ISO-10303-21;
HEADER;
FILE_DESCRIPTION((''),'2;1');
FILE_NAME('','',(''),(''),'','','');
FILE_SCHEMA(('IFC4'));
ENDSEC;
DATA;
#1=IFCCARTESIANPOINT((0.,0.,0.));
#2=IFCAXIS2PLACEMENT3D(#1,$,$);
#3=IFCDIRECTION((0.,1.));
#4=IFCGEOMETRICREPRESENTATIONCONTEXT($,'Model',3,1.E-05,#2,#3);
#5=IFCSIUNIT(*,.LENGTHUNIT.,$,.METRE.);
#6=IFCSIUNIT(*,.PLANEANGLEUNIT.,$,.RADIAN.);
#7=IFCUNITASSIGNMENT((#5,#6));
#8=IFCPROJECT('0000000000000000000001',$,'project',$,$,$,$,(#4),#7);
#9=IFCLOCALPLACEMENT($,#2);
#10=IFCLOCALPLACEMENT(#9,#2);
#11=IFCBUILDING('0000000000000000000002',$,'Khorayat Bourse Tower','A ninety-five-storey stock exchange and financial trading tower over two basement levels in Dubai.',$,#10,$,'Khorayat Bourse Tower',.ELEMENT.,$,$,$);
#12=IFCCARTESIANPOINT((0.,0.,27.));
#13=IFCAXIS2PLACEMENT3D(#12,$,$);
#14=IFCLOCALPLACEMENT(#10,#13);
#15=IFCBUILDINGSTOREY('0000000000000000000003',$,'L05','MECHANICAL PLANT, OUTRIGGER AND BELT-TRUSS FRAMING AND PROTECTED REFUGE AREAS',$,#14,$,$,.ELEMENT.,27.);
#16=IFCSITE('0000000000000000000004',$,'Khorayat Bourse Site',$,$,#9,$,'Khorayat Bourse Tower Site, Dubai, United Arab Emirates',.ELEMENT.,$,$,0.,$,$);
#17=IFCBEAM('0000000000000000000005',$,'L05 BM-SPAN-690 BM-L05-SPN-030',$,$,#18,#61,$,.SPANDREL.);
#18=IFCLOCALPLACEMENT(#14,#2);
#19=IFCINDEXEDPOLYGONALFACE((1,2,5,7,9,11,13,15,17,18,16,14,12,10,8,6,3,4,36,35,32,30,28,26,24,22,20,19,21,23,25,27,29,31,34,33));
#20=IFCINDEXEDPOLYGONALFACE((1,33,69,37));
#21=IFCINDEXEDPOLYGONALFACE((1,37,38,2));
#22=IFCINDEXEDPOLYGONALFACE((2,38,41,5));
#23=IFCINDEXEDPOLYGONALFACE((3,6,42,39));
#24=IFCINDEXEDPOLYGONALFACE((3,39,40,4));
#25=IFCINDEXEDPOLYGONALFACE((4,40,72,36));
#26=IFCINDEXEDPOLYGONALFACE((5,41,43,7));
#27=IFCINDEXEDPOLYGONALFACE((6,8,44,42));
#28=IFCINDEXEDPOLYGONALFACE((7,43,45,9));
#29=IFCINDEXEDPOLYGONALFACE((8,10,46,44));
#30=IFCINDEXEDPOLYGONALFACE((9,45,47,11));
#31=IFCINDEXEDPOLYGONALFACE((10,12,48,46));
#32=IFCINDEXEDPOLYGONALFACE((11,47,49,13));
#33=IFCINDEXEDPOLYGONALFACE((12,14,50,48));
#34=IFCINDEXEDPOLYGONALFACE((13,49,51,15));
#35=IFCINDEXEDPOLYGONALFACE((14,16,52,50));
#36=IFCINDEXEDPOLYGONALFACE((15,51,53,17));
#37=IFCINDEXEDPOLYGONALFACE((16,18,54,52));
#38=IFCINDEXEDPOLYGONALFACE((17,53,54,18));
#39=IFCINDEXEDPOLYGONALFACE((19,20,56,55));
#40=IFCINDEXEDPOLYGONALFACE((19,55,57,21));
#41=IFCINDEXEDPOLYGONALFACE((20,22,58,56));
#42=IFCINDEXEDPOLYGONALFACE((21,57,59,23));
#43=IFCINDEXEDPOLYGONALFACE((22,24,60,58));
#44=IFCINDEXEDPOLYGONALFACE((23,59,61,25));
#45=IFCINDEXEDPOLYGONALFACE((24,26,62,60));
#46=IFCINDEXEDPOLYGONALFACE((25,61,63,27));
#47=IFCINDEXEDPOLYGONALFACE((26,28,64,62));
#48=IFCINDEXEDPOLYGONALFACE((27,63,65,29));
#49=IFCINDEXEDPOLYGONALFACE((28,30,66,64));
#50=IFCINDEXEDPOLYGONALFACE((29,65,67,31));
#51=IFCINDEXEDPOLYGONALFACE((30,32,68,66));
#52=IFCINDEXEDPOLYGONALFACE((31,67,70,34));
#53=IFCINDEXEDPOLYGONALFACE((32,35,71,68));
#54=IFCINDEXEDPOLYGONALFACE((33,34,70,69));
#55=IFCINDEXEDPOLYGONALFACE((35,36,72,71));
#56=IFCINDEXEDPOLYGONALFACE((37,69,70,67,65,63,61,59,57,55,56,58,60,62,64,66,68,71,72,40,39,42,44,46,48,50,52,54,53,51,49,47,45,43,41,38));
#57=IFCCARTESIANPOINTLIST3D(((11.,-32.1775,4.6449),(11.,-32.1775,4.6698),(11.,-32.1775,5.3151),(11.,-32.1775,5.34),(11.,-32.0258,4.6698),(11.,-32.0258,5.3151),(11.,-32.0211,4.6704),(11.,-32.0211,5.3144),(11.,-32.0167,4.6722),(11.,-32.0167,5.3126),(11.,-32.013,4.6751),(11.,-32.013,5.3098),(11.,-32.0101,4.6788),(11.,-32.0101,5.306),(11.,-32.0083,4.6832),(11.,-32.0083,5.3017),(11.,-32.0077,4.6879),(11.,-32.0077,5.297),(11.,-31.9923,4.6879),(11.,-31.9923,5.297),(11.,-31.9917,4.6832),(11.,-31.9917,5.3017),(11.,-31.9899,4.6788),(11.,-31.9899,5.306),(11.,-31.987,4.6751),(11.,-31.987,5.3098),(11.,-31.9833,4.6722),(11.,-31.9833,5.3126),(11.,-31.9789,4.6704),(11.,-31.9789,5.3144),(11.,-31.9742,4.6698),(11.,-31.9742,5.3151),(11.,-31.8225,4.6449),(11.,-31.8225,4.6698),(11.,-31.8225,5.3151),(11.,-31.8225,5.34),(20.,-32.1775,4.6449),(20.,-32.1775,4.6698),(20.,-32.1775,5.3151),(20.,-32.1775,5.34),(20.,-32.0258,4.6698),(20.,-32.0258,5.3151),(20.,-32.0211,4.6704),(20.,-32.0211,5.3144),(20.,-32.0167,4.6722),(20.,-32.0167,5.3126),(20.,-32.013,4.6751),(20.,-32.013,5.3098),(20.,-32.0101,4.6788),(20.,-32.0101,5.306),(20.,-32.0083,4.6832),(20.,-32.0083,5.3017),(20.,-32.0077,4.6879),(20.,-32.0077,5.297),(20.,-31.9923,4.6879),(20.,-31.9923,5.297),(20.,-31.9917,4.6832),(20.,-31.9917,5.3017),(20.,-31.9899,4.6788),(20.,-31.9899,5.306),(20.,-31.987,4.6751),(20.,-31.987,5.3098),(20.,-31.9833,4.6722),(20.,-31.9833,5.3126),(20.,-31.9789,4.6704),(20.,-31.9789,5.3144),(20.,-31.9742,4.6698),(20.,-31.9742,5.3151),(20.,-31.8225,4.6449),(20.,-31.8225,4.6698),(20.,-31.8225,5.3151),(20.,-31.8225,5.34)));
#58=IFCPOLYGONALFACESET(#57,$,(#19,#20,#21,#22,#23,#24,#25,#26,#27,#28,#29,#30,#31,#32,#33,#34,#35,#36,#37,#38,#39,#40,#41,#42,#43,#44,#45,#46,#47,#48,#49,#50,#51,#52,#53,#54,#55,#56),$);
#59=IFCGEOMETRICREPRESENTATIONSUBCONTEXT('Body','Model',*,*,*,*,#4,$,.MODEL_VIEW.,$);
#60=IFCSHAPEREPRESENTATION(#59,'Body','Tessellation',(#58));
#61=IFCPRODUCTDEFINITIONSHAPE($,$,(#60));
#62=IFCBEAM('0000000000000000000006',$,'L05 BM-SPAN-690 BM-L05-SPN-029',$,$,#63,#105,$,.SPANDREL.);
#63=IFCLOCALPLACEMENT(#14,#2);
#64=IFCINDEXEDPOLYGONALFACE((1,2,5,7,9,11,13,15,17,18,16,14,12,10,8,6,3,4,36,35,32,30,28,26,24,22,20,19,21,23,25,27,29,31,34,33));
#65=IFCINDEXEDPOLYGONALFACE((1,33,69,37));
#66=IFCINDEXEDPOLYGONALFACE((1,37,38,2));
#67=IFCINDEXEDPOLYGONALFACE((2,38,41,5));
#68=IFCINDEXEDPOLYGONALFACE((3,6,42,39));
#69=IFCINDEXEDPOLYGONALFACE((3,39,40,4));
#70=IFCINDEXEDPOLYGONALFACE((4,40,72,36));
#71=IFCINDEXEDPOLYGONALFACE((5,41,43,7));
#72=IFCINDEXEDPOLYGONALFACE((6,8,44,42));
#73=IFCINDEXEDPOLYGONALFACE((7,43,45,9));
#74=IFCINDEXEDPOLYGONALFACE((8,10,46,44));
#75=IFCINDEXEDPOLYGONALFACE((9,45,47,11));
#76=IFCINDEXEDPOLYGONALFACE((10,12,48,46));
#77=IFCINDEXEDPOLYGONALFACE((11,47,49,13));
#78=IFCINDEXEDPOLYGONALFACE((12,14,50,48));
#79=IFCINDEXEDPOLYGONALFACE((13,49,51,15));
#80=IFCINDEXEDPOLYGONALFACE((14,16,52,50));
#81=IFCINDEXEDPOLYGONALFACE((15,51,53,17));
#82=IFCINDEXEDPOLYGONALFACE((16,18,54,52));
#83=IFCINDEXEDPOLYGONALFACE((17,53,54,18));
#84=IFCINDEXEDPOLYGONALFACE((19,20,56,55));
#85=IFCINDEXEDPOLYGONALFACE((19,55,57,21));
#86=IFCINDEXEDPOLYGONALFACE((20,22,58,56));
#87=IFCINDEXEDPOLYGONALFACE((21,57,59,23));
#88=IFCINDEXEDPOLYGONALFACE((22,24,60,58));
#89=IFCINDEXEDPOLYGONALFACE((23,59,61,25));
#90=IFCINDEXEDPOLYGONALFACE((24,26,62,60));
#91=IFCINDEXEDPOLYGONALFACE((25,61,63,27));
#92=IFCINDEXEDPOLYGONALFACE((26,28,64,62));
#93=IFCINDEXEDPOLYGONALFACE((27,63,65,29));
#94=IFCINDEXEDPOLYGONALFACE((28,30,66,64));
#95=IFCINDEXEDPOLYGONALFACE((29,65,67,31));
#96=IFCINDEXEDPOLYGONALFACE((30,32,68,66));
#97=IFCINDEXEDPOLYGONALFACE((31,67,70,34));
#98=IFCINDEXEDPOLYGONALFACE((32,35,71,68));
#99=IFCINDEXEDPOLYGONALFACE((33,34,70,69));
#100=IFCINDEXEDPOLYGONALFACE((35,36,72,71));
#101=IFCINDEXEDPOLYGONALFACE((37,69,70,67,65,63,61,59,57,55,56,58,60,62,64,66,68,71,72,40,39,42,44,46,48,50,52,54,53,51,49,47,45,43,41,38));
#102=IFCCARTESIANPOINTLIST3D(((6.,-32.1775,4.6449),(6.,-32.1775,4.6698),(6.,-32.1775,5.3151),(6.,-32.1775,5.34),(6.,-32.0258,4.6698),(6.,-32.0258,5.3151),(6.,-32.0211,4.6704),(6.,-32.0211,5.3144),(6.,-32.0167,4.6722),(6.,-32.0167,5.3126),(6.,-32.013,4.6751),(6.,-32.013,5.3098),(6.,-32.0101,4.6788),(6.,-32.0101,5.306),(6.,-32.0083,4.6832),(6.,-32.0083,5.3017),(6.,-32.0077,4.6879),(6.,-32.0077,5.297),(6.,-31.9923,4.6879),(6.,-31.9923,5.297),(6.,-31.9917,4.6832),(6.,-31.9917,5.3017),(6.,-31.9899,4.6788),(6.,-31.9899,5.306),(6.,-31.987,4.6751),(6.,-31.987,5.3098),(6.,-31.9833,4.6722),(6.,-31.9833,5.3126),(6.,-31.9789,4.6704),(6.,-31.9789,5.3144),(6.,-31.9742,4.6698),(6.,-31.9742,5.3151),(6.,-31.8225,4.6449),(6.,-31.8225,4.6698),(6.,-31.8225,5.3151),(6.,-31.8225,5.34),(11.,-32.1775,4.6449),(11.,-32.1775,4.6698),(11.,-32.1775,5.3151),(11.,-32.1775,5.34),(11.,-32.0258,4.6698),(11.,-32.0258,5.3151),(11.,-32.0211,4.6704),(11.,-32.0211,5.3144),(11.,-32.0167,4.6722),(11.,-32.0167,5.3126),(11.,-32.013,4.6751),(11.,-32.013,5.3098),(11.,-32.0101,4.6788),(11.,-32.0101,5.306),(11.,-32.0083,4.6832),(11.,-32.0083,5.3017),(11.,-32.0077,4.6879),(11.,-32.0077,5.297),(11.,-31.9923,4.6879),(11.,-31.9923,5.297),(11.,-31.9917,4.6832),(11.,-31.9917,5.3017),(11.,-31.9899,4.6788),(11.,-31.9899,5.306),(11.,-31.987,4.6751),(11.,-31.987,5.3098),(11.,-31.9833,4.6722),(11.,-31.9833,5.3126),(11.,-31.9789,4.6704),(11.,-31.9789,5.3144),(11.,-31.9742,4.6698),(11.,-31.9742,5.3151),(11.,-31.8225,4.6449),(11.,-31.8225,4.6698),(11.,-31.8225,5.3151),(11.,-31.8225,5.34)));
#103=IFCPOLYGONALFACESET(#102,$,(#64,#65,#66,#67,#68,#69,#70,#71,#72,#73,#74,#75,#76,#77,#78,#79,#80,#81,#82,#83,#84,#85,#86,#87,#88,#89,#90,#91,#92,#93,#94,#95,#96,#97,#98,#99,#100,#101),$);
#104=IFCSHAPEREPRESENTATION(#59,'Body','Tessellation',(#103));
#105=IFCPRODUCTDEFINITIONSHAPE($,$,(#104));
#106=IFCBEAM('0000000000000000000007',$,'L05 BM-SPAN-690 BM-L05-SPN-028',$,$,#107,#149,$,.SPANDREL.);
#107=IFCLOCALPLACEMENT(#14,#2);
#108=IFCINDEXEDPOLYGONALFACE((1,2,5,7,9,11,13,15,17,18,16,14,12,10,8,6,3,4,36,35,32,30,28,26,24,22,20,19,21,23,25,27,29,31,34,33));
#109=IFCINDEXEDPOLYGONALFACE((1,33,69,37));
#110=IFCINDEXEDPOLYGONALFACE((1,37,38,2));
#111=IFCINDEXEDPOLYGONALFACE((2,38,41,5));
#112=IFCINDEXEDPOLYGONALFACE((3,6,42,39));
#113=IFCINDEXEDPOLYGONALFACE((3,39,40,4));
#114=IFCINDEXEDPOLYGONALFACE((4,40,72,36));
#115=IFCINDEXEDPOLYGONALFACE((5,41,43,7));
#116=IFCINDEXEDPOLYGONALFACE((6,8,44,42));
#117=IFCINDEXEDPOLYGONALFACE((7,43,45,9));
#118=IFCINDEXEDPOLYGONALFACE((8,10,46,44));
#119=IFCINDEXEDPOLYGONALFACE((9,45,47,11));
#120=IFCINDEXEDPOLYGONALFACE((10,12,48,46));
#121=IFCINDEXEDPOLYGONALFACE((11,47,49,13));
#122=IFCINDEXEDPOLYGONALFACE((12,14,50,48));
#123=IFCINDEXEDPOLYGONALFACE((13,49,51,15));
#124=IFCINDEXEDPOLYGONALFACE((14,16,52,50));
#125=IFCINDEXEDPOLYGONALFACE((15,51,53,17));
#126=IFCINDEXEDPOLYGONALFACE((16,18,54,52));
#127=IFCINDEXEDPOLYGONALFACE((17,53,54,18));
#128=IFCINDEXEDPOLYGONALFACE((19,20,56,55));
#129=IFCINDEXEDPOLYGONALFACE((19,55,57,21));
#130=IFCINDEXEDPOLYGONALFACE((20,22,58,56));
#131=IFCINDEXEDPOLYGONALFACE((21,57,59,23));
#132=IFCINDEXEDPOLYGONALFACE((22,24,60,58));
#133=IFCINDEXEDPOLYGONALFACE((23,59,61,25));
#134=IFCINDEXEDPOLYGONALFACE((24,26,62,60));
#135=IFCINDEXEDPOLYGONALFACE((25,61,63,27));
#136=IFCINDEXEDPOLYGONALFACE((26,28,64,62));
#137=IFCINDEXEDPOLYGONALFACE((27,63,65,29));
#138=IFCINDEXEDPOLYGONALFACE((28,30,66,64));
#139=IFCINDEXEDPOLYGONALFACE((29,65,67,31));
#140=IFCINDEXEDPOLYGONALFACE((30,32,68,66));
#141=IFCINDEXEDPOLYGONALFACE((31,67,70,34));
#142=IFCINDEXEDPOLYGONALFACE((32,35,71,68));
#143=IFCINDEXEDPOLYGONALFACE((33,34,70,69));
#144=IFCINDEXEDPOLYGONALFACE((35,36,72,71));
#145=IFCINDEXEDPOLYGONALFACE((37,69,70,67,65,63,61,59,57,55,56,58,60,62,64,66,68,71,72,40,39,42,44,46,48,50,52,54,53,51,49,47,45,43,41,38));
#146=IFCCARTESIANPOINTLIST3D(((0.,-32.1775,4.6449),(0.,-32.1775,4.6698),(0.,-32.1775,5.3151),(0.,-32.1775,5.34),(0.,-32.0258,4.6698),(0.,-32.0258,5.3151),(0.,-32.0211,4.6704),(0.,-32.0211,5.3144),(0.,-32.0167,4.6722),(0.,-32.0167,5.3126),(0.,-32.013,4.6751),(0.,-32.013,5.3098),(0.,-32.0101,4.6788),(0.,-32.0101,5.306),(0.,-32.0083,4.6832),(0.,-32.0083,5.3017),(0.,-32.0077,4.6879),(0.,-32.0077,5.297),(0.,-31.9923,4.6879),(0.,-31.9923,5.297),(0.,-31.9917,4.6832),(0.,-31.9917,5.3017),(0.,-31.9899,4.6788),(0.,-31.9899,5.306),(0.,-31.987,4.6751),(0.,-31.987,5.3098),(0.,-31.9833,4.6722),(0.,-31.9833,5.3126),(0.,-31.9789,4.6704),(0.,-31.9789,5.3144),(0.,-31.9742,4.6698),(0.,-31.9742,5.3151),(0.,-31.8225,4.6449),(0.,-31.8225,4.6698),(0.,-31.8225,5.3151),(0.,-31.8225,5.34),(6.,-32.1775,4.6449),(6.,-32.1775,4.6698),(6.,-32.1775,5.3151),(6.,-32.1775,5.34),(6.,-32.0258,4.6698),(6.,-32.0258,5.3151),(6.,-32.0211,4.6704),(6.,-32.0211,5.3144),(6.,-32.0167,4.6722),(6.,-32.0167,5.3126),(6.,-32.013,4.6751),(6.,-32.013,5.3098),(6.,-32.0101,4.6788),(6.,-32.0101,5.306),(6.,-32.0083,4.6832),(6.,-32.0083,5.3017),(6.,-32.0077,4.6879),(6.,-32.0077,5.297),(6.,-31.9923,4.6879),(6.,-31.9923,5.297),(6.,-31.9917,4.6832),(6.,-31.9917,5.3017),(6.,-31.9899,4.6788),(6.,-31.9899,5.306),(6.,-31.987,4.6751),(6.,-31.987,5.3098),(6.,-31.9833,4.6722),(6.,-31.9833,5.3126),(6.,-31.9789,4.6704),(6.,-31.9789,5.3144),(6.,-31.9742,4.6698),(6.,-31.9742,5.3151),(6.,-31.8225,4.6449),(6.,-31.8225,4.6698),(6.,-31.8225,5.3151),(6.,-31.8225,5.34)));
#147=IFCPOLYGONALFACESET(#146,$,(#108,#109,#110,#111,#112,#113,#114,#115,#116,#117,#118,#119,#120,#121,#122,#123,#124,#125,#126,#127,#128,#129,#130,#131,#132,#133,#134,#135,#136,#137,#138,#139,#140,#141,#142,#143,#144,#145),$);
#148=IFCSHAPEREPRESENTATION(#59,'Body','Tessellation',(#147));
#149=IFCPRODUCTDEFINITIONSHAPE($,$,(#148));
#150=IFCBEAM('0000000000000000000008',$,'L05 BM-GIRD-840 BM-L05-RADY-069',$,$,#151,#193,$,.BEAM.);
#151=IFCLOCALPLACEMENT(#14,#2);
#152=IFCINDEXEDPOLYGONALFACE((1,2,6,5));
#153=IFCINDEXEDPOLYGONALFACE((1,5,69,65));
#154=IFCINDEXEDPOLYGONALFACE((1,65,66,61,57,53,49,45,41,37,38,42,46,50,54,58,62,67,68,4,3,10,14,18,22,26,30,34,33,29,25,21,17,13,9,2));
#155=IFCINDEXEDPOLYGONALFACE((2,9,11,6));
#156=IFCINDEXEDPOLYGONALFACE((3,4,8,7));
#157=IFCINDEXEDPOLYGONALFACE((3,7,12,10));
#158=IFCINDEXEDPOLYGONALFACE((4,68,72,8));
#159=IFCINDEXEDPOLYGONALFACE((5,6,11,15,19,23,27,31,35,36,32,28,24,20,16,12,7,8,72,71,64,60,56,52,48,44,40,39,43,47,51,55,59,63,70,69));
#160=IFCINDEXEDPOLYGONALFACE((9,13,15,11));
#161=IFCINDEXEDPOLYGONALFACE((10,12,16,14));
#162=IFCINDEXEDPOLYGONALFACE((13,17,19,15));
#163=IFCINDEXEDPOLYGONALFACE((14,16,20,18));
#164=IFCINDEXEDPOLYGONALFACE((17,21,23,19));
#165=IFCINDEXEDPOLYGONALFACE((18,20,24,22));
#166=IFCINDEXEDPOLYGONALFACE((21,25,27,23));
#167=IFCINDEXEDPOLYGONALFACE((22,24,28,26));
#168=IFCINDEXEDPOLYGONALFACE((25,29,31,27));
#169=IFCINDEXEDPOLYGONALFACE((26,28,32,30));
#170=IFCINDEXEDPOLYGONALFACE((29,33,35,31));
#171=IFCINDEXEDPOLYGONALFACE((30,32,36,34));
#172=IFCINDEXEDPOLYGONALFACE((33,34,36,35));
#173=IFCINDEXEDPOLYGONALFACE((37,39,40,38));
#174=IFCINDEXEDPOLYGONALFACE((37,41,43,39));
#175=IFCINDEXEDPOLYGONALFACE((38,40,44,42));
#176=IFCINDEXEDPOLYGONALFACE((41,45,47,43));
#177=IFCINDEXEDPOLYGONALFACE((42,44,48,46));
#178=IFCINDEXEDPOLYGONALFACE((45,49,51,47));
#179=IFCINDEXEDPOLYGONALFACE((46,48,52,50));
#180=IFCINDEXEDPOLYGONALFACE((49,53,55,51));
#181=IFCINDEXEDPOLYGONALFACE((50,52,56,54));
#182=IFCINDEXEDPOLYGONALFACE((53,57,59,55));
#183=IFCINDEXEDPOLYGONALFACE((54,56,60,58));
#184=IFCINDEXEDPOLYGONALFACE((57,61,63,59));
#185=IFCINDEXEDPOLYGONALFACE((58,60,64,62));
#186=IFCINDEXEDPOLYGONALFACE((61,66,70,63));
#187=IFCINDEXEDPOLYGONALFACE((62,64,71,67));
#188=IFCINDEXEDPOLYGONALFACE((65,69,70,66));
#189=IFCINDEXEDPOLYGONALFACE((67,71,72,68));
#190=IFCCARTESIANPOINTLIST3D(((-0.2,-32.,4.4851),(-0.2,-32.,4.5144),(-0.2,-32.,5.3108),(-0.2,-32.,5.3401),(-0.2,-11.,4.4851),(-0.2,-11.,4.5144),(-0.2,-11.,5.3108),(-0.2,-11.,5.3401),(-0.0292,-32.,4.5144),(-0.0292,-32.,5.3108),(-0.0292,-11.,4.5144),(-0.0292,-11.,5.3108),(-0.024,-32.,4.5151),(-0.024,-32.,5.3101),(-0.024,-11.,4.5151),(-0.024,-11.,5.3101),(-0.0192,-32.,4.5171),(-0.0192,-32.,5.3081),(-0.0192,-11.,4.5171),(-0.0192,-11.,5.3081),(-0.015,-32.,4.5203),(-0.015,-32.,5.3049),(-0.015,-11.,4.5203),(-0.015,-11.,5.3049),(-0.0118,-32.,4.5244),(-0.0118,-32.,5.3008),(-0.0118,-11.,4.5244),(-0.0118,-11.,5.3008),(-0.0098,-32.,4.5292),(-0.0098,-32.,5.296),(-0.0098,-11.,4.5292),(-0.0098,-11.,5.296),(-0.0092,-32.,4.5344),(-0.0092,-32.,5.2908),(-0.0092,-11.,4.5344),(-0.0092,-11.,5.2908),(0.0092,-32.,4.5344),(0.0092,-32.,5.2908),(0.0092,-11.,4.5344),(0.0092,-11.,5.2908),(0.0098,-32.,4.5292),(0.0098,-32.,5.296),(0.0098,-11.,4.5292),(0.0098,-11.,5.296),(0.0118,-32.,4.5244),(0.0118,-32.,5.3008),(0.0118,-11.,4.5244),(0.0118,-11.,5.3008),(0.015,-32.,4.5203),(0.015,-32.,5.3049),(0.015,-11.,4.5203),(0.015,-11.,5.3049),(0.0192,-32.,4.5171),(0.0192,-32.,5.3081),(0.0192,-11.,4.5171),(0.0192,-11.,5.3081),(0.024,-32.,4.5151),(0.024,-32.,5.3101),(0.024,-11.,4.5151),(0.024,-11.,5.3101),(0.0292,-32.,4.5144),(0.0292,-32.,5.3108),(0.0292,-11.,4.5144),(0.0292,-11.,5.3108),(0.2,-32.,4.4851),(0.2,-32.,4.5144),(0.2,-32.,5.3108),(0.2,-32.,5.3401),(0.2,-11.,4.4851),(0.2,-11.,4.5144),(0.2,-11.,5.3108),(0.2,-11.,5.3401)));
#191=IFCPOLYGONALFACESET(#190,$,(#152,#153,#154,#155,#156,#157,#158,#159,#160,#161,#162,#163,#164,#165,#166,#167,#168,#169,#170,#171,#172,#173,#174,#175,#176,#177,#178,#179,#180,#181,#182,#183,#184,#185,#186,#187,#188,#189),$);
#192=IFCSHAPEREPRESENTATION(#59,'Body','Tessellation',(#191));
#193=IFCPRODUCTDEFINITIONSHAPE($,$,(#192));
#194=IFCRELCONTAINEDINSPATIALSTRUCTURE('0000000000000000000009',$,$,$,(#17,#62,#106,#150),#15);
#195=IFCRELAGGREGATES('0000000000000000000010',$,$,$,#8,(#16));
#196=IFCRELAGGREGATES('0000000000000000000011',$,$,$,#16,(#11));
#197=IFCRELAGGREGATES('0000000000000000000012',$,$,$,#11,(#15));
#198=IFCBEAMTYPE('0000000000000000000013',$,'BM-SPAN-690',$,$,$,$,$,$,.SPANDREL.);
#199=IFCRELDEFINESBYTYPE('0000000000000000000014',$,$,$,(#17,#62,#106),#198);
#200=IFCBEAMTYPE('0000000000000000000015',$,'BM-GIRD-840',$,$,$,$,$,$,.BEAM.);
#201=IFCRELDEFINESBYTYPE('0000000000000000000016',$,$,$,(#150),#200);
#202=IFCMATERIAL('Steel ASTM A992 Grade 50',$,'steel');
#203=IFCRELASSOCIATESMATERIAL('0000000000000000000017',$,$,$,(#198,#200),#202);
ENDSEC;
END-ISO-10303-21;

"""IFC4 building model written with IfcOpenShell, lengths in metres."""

from ifc_helpers import new_model, si_unit, direction, frame, origin, origin_2d, place, context, subcontext, project, spatial, i_section, extrude, source, transform, mapped, material, material_profile, profile_set, type_object, element, save


model = new_model("IFC4")

# Units and contexts
model_context = context("Model", 3, precision=1e-05, world=origin(), true_north=direction((0.0, 1.0)))
body_context = subcontext(model_context, "Body", "Model", "MODEL_VIEW")
ifc_project = project(units=[si_unit("LENGTHUNIT", "METRE"), si_unit("PLANEANGLEUNIT", "RADIAN")], contexts=[model_context])

# Site, building, storey
site_placement = place(None, origin())
site = spatial("IfcSite", under=ifc_project, at=site_placement, Name="Khorayat Bourse Site", LongName="Khorayat Bourse Tower Site, Dubai, United Arab Emirates", CompositionType="ELEMENT", RefElevation=0.0)
building_placement = place(site_placement, origin())
building = spatial("IfcBuilding", under=site, at=building_placement, Name="Khorayat Bourse Tower", Description="A ninety-five-storey stock exchange and financial trading tower over two basement levels in Dubai.", LongName="Khorayat Bourse Tower", CompositionType="ELEMENT")
storey_placement = place(building_placement, frame((0.0, 0.0, 27.0)))
storey = spatial("IfcBuildingStorey", under=building, at=storey_placement, Name="L05", Description="MECHANICAL PLANT, OUTRIGGER AND BELT-TRUSS FRAMING AND PROTECTED REFUGE AREAS", CompositionType="ELEMENT", Elevation=27.0)

# Beams
ifc_material_1 = material(Name="Steel ASTM A992 Grade 50", Category="steel")
ifc_material_profile_1 = material_profile(ifc_material_1, i_section(OverallWidth=0.355, OverallDepth=0.6951, WebThickness=0.0154, FlangeThickness=0.0249, FilletRadius=0.0181, at=origin_2d()), Name="W690X217")
ifc_profile_set_1 = profile_set([ifc_material_profile_1], Name="Steel ASTM A992 Grade 50")
beam_type_1 = type_object("IfcBeamType", Name="BM-SPAN-690", PredefinedType="SPANDREL", material=ifc_profile_set_1)
shared_shape_1 = source(origin(), body_context, "Body", "SweptSolid", [
    extrude(i_section(OverallWidth=0.355, OverallDepth=0.6951, WebThickness=0.0154, FlangeThickness=0.0249, FilletRadius=0.0181, at=origin_2d()), origin(), (0.0, 0.0, 1.0), 9.0),
])
beam_1_placement = place(storey_placement, frame((11.0, -32.0, 4.9924), z_axis=(1.0, 0.0, 0.0), x_axis=(0.0, 1.0, 0.0)))
element("IfcBeam", 1, at=beam_1_placement, inside=storey, type_object=beam_type_1, Name="L05 BM-SPAN-690 BM-L05-SPN-030", PredefinedType="SPANDREL", context=body_context, shape_type="MappedRepresentation", body=[
    mapped(shared_shape_1, transform((0.0, 0.0, 0.0), scale=1.0)),
])
shared_shape_2 = source(origin(), body_context, "Body", "SweptSolid", [
    extrude(i_section(OverallWidth=0.355, OverallDepth=0.6951, WebThickness=0.0154, FlangeThickness=0.0249, FilletRadius=0.0181, at=origin_2d()), origin(), (0.0, 0.0, 1.0), 5.0),
])
beam_2_placement = place(storey_placement, frame((6.0, -32.0, 4.9924), z_axis=(1.0, 0.0, 0.0), x_axis=(0.0, 1.0, 0.0)))
element("IfcBeam", 2, at=beam_2_placement, inside=storey, type_object=beam_type_1, Name="L05 BM-SPAN-690 BM-L05-SPN-029", PredefinedType="SPANDREL", context=body_context, shape_type="MappedRepresentation", body=[
    mapped(shared_shape_2, transform((0.0, 0.0, 0.0), scale=1.0)),
])
shared_shape_3 = source(origin(), body_context, "Body", "SweptSolid", [
    extrude(i_section(OverallWidth=0.355, OverallDepth=0.6951, WebThickness=0.0154, FlangeThickness=0.0249, FilletRadius=0.0181, at=origin_2d()), origin(), (0.0, 0.0, 1.0), 6.0),
])
beam_3_placement = place(storey_placement, frame((0.0, -32.0, 4.9924), z_axis=(1.0, 0.0, 0.0), x_axis=(0.0, 1.0, 0.0)))
element("IfcBeam", 3, at=beam_3_placement, inside=storey, type_object=beam_type_1, Name="L05 BM-SPAN-690 BM-L05-SPN-028", PredefinedType="SPANDREL", context=body_context, shape_type="MappedRepresentation", body=[
    mapped(shared_shape_3, transform((0.0, 0.0, 0.0), scale=1.0)),
])
ifc_material_profile_2 = material_profile(ifc_material_1, i_section(OverallWidth=0.3999, OverallDepth=0.855, WebThickness=0.0183, FlangeThickness=0.0293, FilletRadius=0.02, at=origin_2d()), Name="W840X299")
ifc_profile_set_2 = profile_set([ifc_material_profile_2], Name="Steel ASTM A992 Grade 50")
beam_type_2 = type_object("IfcBeamType", Name="BM-GIRD-840", PredefinedType="BEAM", material=ifc_profile_set_2)
shared_shape_4 = source(origin(), body_context, "Body", "SweptSolid", [
    extrude(i_section(OverallWidth=0.3999, OverallDepth=0.855, WebThickness=0.0183, FlangeThickness=0.0293, FilletRadius=0.02, at=origin_2d()), origin(), (0.0, 0.0, 1.0), 21.0),
])
for number, where, z_axis, x_axis, name in (
    (4, (0.0, -32.0, 4.9126), (0.0, 1.0, 0.0), (-1.0, 0.0, 0.0), "L05 BM-GIRD-840 BM-L05-RADY-069"),
):
    element("IfcBeam", number, at=place(storey_placement, frame(where, z_axis=z_axis, x_axis=x_axis)), inside=storey, type_object=beam_type_2, Name=name, PredefinedType="BEAM", context=body_context, shape_type="MappedRepresentation", body=[
        mapped(shared_shape_4, transform((0.0, 0.0, 0.0), scale=1.0)),
    ])

save(model, "model.ifc")
